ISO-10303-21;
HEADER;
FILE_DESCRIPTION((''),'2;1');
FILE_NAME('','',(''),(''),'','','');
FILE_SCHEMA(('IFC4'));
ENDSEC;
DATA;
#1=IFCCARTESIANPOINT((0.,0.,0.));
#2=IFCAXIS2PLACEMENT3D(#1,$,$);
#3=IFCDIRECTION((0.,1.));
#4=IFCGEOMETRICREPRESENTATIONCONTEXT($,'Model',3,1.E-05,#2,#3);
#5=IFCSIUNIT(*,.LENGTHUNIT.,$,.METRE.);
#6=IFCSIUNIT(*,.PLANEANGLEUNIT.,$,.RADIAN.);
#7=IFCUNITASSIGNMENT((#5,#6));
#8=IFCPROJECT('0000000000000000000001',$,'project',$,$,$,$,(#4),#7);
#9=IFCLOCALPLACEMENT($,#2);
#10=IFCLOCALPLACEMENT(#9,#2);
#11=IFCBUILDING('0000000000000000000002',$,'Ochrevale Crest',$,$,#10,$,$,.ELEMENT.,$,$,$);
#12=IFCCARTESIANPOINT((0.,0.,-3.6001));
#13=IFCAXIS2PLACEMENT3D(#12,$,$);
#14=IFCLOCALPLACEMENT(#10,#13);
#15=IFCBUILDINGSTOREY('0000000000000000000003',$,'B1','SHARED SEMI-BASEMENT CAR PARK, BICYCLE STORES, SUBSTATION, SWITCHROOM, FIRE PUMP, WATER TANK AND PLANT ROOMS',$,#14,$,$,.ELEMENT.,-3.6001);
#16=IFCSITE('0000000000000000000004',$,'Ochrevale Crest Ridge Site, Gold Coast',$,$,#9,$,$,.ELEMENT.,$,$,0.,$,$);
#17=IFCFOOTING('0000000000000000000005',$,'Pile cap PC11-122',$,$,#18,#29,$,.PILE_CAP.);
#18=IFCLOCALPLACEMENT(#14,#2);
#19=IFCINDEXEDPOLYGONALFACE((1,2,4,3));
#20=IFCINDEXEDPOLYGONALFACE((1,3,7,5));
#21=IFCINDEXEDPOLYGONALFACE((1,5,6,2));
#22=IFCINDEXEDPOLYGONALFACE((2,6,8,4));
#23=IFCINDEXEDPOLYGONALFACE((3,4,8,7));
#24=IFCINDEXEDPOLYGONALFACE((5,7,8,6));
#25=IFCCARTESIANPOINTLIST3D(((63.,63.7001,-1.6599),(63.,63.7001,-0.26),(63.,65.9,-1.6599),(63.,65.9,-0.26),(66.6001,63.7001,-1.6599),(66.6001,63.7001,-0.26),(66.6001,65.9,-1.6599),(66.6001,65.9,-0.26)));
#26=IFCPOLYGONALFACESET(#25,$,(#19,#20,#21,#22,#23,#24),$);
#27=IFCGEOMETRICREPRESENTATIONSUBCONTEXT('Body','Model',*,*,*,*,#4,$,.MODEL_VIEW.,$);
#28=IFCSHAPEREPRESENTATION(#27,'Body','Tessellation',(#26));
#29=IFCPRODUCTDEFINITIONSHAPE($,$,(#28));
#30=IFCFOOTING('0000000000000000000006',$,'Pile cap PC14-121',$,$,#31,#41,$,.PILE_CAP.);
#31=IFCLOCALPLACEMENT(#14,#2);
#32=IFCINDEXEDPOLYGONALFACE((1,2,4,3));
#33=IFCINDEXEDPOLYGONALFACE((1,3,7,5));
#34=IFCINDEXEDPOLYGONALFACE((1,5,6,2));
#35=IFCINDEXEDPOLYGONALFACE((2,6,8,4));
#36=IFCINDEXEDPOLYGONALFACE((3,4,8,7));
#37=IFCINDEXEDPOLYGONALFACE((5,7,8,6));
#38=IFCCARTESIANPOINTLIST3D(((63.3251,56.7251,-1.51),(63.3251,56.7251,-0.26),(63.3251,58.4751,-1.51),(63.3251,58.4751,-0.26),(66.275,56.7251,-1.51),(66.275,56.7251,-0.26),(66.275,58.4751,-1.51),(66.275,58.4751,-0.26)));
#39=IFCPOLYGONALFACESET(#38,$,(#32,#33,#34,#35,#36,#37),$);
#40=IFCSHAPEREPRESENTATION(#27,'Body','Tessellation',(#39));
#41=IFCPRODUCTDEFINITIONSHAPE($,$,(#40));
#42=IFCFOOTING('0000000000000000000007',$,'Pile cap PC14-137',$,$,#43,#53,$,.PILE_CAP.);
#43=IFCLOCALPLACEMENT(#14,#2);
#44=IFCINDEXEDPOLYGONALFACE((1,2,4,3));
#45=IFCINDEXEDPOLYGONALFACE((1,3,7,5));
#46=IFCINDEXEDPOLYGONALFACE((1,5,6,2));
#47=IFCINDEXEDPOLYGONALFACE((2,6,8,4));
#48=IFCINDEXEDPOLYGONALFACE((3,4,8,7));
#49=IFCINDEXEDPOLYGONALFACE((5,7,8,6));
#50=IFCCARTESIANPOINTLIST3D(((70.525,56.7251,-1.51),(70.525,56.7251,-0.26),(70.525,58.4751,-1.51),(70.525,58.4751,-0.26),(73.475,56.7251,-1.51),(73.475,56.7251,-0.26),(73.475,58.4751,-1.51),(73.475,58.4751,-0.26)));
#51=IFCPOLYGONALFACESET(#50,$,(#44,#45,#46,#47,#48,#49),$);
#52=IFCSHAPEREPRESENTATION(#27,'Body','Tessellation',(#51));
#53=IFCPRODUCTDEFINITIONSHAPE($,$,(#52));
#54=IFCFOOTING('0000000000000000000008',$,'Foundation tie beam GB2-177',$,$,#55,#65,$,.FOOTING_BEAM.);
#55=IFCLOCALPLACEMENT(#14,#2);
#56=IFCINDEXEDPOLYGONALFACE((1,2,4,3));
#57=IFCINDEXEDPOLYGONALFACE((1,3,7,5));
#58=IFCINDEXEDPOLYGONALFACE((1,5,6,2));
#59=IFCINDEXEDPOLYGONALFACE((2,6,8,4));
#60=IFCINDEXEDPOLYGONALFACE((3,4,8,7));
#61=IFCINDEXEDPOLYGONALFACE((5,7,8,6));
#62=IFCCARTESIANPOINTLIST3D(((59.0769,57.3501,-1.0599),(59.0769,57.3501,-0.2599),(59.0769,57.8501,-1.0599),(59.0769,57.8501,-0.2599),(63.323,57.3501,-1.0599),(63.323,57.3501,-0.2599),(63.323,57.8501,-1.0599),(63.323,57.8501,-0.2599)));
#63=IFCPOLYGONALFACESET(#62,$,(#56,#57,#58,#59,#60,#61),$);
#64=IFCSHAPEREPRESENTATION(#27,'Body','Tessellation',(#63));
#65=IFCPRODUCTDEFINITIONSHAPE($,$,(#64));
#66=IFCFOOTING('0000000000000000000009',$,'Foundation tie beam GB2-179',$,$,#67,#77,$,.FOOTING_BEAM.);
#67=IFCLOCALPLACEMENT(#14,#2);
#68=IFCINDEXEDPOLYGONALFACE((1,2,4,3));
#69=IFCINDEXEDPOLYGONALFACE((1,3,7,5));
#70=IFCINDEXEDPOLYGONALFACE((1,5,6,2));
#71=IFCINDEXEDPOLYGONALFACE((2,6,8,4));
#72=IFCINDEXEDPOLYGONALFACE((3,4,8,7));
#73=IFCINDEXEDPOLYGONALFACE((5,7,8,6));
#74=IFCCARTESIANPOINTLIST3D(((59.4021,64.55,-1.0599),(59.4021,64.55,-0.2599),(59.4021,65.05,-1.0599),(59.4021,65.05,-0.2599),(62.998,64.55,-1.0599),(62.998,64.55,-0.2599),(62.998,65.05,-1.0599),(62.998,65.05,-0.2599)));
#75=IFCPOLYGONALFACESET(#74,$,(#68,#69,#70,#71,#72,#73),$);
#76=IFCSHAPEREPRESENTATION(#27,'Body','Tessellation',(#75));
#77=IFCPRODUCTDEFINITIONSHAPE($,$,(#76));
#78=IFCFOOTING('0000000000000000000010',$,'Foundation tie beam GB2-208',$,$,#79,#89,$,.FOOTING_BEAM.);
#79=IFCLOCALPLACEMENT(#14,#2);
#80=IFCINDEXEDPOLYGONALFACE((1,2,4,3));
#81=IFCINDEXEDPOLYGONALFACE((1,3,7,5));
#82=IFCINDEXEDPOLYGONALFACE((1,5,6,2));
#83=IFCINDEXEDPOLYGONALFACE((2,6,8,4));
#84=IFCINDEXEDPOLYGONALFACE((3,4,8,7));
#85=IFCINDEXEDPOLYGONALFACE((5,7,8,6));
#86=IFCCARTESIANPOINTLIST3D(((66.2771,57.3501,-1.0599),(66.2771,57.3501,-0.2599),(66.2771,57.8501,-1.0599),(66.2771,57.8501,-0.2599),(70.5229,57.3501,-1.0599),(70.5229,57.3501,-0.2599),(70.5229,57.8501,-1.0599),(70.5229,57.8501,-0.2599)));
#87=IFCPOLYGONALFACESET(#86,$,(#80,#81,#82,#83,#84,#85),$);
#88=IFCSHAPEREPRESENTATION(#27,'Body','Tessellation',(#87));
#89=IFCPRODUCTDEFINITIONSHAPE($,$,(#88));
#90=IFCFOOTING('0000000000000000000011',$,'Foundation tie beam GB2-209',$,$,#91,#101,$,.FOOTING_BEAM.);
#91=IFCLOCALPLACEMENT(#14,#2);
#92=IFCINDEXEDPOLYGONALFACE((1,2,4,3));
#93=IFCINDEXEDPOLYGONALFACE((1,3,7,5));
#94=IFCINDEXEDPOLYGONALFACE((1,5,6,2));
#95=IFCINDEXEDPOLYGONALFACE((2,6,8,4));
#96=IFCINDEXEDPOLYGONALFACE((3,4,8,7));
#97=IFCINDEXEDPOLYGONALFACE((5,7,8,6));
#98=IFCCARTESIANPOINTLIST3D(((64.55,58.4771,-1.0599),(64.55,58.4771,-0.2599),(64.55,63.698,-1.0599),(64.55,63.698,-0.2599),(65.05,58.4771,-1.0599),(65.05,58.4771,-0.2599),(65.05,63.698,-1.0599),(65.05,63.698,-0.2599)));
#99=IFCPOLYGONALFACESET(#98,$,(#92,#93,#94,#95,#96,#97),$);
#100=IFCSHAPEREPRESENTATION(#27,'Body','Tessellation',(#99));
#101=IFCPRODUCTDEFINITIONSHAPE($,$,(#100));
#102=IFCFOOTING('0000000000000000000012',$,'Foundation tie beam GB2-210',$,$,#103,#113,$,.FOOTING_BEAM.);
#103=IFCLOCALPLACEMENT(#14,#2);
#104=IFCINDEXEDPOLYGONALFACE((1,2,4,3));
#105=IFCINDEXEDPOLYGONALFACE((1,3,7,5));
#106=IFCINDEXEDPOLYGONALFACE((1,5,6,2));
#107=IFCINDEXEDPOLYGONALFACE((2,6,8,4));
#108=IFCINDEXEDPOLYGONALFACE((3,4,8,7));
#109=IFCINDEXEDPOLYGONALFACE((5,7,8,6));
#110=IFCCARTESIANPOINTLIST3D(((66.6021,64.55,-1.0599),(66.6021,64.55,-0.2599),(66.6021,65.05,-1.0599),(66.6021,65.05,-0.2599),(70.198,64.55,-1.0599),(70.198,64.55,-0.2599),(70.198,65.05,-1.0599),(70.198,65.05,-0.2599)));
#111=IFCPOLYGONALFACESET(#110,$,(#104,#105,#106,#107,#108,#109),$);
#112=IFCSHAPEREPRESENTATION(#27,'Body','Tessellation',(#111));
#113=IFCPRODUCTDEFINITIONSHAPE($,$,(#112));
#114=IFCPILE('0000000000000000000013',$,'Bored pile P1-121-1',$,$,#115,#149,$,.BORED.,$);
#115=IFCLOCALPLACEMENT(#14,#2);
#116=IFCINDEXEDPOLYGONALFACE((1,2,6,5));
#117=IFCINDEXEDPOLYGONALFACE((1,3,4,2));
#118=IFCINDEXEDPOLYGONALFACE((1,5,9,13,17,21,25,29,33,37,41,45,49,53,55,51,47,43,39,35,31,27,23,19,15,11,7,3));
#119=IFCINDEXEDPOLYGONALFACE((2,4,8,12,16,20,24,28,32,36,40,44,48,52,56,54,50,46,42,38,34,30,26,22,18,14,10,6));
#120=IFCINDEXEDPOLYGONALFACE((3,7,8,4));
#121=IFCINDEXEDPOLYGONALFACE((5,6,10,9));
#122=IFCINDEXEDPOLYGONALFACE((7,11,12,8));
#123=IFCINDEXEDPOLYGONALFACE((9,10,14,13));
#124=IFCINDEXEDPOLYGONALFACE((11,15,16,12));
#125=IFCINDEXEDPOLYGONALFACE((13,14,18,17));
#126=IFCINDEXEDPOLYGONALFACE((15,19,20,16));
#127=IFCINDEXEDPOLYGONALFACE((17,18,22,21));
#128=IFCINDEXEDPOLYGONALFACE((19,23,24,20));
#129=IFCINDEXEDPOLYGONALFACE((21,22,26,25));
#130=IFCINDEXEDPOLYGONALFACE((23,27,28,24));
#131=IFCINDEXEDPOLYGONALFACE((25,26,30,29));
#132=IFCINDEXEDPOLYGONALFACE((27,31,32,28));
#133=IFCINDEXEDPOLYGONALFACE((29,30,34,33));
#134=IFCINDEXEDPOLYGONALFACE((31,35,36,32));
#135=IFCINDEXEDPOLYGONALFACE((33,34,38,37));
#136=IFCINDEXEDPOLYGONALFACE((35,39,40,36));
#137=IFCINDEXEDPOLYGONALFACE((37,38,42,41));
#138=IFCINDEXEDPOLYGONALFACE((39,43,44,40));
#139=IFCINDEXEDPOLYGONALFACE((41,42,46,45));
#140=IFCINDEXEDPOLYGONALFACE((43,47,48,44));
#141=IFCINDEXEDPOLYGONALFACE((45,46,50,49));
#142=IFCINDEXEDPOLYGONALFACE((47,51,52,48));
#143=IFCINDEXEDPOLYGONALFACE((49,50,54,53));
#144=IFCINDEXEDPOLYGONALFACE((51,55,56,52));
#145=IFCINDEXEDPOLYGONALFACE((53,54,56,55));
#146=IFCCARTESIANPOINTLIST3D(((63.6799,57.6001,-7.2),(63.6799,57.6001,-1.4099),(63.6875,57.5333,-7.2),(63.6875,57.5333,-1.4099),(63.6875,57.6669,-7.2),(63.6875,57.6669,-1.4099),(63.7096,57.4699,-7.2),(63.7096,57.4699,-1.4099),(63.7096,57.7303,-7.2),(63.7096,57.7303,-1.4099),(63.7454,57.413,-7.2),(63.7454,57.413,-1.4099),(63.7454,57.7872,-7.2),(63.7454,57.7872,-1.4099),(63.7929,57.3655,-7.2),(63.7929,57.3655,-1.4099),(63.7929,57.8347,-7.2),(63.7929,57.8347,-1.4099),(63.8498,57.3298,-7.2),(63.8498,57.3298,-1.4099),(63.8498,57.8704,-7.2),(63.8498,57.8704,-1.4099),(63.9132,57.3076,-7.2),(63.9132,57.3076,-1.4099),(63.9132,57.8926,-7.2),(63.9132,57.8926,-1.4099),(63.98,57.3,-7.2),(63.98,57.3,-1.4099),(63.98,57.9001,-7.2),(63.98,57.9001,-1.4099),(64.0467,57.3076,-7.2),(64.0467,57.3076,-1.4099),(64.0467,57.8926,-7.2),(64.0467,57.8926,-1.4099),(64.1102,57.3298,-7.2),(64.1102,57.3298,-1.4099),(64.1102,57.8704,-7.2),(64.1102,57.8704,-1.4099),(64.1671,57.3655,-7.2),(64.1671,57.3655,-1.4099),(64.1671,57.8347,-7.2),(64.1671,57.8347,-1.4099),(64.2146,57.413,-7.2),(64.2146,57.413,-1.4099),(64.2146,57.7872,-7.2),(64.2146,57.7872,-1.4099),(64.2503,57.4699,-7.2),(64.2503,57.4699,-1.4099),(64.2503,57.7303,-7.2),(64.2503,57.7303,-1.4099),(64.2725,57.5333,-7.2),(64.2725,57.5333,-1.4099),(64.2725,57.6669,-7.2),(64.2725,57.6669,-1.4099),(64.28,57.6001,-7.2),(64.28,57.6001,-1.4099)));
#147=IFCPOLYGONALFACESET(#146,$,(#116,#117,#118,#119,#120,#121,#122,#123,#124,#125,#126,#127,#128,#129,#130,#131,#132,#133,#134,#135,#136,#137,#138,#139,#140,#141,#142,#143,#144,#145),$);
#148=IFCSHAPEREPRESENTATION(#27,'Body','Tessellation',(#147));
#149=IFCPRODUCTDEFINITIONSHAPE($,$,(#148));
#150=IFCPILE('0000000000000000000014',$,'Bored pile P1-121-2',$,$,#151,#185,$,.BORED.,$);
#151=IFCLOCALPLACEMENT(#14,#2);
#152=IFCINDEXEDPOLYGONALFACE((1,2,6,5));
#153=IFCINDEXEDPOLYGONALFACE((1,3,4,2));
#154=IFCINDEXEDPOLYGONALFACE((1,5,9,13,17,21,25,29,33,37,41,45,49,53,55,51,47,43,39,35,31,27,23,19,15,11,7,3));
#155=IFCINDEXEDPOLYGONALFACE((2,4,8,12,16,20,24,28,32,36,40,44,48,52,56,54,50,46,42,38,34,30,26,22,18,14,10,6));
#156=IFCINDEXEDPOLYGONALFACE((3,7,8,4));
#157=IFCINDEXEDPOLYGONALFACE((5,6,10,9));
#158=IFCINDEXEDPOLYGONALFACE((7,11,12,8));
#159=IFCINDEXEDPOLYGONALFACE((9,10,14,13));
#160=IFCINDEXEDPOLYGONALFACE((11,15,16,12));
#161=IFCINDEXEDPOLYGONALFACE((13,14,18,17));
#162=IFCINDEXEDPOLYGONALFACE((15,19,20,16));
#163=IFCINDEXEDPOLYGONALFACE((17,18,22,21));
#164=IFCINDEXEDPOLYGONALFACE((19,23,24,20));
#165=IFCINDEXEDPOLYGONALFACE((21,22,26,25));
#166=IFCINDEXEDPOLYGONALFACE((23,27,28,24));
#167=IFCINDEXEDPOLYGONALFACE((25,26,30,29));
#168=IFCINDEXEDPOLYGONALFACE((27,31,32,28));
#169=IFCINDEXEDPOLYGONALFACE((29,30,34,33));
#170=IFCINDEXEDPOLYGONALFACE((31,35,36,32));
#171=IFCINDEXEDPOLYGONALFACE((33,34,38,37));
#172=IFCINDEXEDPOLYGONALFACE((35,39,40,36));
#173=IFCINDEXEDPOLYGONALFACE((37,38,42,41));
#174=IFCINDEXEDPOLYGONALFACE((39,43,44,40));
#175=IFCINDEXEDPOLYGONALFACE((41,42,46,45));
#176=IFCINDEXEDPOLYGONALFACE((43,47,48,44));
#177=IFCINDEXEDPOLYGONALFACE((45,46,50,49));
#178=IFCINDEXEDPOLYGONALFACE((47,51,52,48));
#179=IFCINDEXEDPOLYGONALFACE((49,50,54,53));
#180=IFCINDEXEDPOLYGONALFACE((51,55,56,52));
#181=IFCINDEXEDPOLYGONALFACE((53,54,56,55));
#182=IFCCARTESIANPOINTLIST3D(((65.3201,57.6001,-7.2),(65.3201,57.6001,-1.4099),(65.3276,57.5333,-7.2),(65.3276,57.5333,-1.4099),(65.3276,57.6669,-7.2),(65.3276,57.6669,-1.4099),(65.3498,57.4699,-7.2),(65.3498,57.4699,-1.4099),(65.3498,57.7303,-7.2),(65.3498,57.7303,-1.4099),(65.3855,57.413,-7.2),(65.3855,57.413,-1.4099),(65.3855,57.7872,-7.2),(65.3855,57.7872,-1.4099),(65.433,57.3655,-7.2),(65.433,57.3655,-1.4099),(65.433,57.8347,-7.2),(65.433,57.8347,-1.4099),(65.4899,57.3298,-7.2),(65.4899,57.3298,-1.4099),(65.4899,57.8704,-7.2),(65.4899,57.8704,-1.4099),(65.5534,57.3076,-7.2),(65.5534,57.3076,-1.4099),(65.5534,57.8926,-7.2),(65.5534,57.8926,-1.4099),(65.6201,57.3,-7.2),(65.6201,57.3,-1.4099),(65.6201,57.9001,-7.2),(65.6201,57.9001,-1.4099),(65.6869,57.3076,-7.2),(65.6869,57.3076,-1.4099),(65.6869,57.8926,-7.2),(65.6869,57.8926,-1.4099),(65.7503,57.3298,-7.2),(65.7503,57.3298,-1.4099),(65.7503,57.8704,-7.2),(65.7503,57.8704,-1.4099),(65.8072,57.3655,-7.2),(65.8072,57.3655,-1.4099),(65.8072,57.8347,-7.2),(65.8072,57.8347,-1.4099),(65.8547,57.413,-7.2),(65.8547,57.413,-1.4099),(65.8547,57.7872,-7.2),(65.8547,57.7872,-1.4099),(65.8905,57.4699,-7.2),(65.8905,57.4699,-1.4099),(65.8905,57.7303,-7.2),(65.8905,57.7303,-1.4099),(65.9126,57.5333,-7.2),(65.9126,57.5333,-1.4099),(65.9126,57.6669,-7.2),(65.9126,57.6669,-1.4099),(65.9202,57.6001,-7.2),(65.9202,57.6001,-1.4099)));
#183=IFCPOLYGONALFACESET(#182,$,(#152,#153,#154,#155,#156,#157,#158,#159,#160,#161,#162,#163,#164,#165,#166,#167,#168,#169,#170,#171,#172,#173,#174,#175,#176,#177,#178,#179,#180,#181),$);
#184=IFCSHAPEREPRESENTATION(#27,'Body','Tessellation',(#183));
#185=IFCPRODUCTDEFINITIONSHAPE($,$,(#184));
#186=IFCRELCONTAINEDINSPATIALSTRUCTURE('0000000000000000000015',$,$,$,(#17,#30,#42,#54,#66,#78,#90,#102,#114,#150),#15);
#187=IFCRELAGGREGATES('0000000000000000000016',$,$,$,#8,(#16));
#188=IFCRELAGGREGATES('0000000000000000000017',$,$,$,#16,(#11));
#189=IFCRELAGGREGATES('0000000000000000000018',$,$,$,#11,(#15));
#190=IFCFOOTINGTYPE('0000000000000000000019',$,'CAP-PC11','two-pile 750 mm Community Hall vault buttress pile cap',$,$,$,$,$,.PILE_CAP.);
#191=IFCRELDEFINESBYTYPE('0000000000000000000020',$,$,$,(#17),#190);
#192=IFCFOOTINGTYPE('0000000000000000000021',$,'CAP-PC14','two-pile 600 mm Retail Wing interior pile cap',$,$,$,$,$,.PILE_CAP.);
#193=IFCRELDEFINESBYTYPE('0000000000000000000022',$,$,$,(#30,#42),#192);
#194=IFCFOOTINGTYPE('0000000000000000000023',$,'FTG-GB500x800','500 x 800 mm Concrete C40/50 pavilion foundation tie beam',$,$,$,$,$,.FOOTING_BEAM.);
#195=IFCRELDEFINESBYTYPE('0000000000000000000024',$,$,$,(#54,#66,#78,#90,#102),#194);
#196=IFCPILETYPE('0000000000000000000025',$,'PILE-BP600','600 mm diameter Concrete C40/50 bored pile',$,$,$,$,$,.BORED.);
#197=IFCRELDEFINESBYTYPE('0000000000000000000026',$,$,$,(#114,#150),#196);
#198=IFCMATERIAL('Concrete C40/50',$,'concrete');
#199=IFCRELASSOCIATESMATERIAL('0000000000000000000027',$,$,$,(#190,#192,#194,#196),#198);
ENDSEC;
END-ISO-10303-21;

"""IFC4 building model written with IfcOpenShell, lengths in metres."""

from ifc_helpers import new_model, si_unit, direction, frame, origin, origin_2d, place, context, subcontext, project, spatial, rectangle, circle, extrude, material, material_profile, profile_set, type_object, element, save


model = new_model("IFC4")

# Units and contexts
model_context = context("Model", 3, precision=1e-05, world=origin(), true_north=direction((0.0, 1.0)))
body_context = subcontext(model_context, "Body", "Model", "MODEL_VIEW")
ifc_project = project(units=[si_unit("LENGTHUNIT", "METRE"), si_unit("PLANEANGLEUNIT", "RADIAN")], contexts=[model_context])

# Site, building, storey
site_placement = place(None, origin())
site = spatial("IfcSite", under=ifc_project, at=site_placement, Name="Ochrevale Crest Ridge Site, Gold Coast", CompositionType="ELEMENT", RefElevation=0.0)
building_placement = place(site_placement, origin())
building = spatial("IfcBuilding", under=site, at=building_placement, Name="Ochrevale Crest", CompositionType="ELEMENT")
storey_placement = place(building_placement, frame((0.0, 0.0, -3.6001)))
storey = spatial("IfcBuildingStorey", under=building, at=storey_placement, Name="B1", Description="SHARED SEMI-BASEMENT CAR PARK, BICYCLE STORES, SUBSTATION, SWITCHROOM, FIRE PUMP, WATER TANK AND PLANT ROOMS", CompositionType="ELEMENT", Elevation=-3.6001)

# Footings
ifc_material_1 = material(Name="Concrete C40/50", Category="concrete")
footing_type_1 = type_object("IfcFootingType", Name="CAP-PC11", Description="two-pile 750 mm Community Hall vault buttress pile cap", PredefinedType="PILE_CAP", material=ifc_material_1)
footing_1_placement = place(storey_placement, frame((64.8, 64.8, -1.6599), z_axis=(0.0, 0.0, 1.0), x_axis=(1.0, 0.0, 0.0)))
element("IfcFooting", 1, at=footing_1_placement, inside=storey, type_object=footing_type_1, Name="Pile cap PC11-122", PredefinedType="PILE_CAP", context=body_context, shape_type="SweptSolid", body=[
    extrude(rectangle(XDim=3.6001, YDim=2.2, at=origin_2d()), origin(), (0.0, 0.0, 1.0), 1.3999),
])
footing_type_2 = type_object("IfcFootingType", Name="CAP-PC14", Description="two-pile 600 mm Retail Wing interior pile cap", PredefinedType="PILE_CAP", material=ifc_material_1)
for number, where, z_axis, x_axis, name in (
    (2, (64.8, 57.6001, -1.51), (0.0, 0.0, 1.0), (1.0, 0.0, 0.0), "Pile cap PC14-121"),
    (3, (72.0, 57.6001, -1.51), (0.0, 0.0, 1.0), (1.0, 0.0, 0.0), "Pile cap PC14-137"),
):
    element("IfcFooting", number, at=place(storey_placement, frame(where, z_axis=z_axis, x_axis=x_axis)), inside=storey, type_object=footing_type_2, Name=name, PredefinedType="PILE_CAP", context=body_context, shape_type="SweptSolid", body=[
        extrude(rectangle(XDim=2.95, YDim=1.75, at=origin_2d()), origin(), (0.0, 0.0, 1.0), 1.25),
    ])
ifc_material_profile_1 = material_profile(ifc_material_1, rectangle(XDim=0.5, YDim=0.8, at=origin_2d()), Name="GB 500x800")
ifc_profile_set_1 = profile_set([ifc_material_profile_1], Name="Concrete C40/50")
footing_type_3 = type_object("IfcFootingType", Name="FTG-GB500x800", Description="500 x 800 mm Concrete C40/50 pavilion foundation tie beam", PredefinedType="FOOTING_BEAM", material=ifc_profile_set_1)
footing_2_placement = place(storey_placement, frame((59.0769, 57.6001, -0.6599), z_axis=(1.0, 0.0, 0.0), x_axis=(0.0, 1.0, 0.0)))
element("IfcFooting", 4, at=footing_2_placement, inside=storey, type_object=footing_type_3, Name="Foundation tie beam GB2-177", PredefinedType="FOOTING_BEAM", context=body_context, shape_type="SweptSolid", body=[
    extrude(rectangle(XDim=0.5, YDim=0.8, at=origin_2d()), origin(), (0.0, 0.0, 1.0), 4.2461),
])
footing_3_placement = place(storey_placement, frame((59.4021, 64.8, -0.6599), z_axis=(1.0, 0.0, 0.0), x_axis=(0.0, 1.0, 0.0)))
element("IfcFooting", 5, at=footing_3_placement, inside=storey, type_object=footing_type_3, Name="Foundation tie beam GB2-179", PredefinedType="FOOTING_BEAM", context=body_context, shape_type="SweptSolid", body=[
    extrude(rectangle(XDim=0.5, YDim=0.8, at=origin_2d()), origin(), (0.0, 0.0, 1.0), 3.5959),
])
footing_4_placement = place(storey_placement, frame((66.2771, 57.6001, -0.6599), z_axis=(1.0, 0.0, 0.0), x_axis=(0.0, 1.0, 0.0)))
element("IfcFooting", 6, at=footing_4_placement, inside=storey, type_object=footing_type_3, Name="Foundation tie beam GB2-208", PredefinedType="FOOTING_BEAM", context=body_context, shape_type="SweptSolid", body=[
    extrude(rectangle(XDim=0.5, YDim=0.8, at=origin_2d()), origin(), (0.0, 0.0, 1.0), 4.2458),
])
footing_5_placement = place(storey_placement, frame((64.8, 58.4771, -0.6599), z_axis=(0.0, 1.0, 0.0), x_axis=(-1.0, 0.0, 0.0)))
element("IfcFooting", 7, at=footing_5_placement, inside=storey, type_object=footing_type_3, Name="Foundation tie beam GB2-209", PredefinedType="FOOTING_BEAM", context=body_context, shape_type="SweptSolid", body=[
    extrude(rectangle(XDim=0.5, YDim=0.8, at=origin_2d()), origin(), (0.0, 0.0, 1.0), 5.2209),
])
footing_6_placement = place(storey_placement, frame((66.6021, 64.8, -0.6599), z_axis=(1.0, 0.0, 0.0), x_axis=(0.0, 1.0, 0.0)))
element("IfcFooting", 8, at=footing_6_placement, inside=storey, type_object=footing_type_3, Name="Foundation tie beam GB2-210", PredefinedType="FOOTING_BEAM", context=body_context, shape_type="SweptSolid", body=[
    extrude(rectangle(XDim=0.5, YDim=0.8, at=origin_2d()), origin(), (0.0, 0.0, 1.0), 3.5959),
])

# Piles
ifc_material_profile_2 = material_profile(ifc_material_1, circle(Radius=0.3, at=origin_2d()), Name="BORED PILE 600")
ifc_profile_set_2 = profile_set([ifc_material_profile_2], Name="Concrete C40/50")
pile_type_1 = type_object("IfcPileType", Name="PILE-BP600", Description="600 mm diameter Concrete C40/50 bored pile", PredefinedType="BORED", material=ifc_profile_set_2)
for number, where, z_axis, x_axis, name in (
    (9, (63.98, 57.6001, -1.4099), (0.0, 0.0, -1.0), (1.0, 0.0, 0.0), "Bored pile P1-121-1"),
    (10, (65.6201, 57.6001, -1.4099), (0.0, 0.0, -1.0), (1.0, 0.0, 0.0), "Bored pile P1-121-2"),
):
    element("IfcPile", number, at=place(storey_placement, frame(where, z_axis=z_axis, x_axis=x_axis)), inside=storey, type_object=pile_type_1, Name=name, PredefinedType="BORED", context=body_context, shape_type="SweptSolid", body=[
        extrude(circle(Radius=0.3, at=origin_2d()), origin(), (0.0, 0.0, 1.0), 5.79),
    ])

save(model, "model.ifc")
